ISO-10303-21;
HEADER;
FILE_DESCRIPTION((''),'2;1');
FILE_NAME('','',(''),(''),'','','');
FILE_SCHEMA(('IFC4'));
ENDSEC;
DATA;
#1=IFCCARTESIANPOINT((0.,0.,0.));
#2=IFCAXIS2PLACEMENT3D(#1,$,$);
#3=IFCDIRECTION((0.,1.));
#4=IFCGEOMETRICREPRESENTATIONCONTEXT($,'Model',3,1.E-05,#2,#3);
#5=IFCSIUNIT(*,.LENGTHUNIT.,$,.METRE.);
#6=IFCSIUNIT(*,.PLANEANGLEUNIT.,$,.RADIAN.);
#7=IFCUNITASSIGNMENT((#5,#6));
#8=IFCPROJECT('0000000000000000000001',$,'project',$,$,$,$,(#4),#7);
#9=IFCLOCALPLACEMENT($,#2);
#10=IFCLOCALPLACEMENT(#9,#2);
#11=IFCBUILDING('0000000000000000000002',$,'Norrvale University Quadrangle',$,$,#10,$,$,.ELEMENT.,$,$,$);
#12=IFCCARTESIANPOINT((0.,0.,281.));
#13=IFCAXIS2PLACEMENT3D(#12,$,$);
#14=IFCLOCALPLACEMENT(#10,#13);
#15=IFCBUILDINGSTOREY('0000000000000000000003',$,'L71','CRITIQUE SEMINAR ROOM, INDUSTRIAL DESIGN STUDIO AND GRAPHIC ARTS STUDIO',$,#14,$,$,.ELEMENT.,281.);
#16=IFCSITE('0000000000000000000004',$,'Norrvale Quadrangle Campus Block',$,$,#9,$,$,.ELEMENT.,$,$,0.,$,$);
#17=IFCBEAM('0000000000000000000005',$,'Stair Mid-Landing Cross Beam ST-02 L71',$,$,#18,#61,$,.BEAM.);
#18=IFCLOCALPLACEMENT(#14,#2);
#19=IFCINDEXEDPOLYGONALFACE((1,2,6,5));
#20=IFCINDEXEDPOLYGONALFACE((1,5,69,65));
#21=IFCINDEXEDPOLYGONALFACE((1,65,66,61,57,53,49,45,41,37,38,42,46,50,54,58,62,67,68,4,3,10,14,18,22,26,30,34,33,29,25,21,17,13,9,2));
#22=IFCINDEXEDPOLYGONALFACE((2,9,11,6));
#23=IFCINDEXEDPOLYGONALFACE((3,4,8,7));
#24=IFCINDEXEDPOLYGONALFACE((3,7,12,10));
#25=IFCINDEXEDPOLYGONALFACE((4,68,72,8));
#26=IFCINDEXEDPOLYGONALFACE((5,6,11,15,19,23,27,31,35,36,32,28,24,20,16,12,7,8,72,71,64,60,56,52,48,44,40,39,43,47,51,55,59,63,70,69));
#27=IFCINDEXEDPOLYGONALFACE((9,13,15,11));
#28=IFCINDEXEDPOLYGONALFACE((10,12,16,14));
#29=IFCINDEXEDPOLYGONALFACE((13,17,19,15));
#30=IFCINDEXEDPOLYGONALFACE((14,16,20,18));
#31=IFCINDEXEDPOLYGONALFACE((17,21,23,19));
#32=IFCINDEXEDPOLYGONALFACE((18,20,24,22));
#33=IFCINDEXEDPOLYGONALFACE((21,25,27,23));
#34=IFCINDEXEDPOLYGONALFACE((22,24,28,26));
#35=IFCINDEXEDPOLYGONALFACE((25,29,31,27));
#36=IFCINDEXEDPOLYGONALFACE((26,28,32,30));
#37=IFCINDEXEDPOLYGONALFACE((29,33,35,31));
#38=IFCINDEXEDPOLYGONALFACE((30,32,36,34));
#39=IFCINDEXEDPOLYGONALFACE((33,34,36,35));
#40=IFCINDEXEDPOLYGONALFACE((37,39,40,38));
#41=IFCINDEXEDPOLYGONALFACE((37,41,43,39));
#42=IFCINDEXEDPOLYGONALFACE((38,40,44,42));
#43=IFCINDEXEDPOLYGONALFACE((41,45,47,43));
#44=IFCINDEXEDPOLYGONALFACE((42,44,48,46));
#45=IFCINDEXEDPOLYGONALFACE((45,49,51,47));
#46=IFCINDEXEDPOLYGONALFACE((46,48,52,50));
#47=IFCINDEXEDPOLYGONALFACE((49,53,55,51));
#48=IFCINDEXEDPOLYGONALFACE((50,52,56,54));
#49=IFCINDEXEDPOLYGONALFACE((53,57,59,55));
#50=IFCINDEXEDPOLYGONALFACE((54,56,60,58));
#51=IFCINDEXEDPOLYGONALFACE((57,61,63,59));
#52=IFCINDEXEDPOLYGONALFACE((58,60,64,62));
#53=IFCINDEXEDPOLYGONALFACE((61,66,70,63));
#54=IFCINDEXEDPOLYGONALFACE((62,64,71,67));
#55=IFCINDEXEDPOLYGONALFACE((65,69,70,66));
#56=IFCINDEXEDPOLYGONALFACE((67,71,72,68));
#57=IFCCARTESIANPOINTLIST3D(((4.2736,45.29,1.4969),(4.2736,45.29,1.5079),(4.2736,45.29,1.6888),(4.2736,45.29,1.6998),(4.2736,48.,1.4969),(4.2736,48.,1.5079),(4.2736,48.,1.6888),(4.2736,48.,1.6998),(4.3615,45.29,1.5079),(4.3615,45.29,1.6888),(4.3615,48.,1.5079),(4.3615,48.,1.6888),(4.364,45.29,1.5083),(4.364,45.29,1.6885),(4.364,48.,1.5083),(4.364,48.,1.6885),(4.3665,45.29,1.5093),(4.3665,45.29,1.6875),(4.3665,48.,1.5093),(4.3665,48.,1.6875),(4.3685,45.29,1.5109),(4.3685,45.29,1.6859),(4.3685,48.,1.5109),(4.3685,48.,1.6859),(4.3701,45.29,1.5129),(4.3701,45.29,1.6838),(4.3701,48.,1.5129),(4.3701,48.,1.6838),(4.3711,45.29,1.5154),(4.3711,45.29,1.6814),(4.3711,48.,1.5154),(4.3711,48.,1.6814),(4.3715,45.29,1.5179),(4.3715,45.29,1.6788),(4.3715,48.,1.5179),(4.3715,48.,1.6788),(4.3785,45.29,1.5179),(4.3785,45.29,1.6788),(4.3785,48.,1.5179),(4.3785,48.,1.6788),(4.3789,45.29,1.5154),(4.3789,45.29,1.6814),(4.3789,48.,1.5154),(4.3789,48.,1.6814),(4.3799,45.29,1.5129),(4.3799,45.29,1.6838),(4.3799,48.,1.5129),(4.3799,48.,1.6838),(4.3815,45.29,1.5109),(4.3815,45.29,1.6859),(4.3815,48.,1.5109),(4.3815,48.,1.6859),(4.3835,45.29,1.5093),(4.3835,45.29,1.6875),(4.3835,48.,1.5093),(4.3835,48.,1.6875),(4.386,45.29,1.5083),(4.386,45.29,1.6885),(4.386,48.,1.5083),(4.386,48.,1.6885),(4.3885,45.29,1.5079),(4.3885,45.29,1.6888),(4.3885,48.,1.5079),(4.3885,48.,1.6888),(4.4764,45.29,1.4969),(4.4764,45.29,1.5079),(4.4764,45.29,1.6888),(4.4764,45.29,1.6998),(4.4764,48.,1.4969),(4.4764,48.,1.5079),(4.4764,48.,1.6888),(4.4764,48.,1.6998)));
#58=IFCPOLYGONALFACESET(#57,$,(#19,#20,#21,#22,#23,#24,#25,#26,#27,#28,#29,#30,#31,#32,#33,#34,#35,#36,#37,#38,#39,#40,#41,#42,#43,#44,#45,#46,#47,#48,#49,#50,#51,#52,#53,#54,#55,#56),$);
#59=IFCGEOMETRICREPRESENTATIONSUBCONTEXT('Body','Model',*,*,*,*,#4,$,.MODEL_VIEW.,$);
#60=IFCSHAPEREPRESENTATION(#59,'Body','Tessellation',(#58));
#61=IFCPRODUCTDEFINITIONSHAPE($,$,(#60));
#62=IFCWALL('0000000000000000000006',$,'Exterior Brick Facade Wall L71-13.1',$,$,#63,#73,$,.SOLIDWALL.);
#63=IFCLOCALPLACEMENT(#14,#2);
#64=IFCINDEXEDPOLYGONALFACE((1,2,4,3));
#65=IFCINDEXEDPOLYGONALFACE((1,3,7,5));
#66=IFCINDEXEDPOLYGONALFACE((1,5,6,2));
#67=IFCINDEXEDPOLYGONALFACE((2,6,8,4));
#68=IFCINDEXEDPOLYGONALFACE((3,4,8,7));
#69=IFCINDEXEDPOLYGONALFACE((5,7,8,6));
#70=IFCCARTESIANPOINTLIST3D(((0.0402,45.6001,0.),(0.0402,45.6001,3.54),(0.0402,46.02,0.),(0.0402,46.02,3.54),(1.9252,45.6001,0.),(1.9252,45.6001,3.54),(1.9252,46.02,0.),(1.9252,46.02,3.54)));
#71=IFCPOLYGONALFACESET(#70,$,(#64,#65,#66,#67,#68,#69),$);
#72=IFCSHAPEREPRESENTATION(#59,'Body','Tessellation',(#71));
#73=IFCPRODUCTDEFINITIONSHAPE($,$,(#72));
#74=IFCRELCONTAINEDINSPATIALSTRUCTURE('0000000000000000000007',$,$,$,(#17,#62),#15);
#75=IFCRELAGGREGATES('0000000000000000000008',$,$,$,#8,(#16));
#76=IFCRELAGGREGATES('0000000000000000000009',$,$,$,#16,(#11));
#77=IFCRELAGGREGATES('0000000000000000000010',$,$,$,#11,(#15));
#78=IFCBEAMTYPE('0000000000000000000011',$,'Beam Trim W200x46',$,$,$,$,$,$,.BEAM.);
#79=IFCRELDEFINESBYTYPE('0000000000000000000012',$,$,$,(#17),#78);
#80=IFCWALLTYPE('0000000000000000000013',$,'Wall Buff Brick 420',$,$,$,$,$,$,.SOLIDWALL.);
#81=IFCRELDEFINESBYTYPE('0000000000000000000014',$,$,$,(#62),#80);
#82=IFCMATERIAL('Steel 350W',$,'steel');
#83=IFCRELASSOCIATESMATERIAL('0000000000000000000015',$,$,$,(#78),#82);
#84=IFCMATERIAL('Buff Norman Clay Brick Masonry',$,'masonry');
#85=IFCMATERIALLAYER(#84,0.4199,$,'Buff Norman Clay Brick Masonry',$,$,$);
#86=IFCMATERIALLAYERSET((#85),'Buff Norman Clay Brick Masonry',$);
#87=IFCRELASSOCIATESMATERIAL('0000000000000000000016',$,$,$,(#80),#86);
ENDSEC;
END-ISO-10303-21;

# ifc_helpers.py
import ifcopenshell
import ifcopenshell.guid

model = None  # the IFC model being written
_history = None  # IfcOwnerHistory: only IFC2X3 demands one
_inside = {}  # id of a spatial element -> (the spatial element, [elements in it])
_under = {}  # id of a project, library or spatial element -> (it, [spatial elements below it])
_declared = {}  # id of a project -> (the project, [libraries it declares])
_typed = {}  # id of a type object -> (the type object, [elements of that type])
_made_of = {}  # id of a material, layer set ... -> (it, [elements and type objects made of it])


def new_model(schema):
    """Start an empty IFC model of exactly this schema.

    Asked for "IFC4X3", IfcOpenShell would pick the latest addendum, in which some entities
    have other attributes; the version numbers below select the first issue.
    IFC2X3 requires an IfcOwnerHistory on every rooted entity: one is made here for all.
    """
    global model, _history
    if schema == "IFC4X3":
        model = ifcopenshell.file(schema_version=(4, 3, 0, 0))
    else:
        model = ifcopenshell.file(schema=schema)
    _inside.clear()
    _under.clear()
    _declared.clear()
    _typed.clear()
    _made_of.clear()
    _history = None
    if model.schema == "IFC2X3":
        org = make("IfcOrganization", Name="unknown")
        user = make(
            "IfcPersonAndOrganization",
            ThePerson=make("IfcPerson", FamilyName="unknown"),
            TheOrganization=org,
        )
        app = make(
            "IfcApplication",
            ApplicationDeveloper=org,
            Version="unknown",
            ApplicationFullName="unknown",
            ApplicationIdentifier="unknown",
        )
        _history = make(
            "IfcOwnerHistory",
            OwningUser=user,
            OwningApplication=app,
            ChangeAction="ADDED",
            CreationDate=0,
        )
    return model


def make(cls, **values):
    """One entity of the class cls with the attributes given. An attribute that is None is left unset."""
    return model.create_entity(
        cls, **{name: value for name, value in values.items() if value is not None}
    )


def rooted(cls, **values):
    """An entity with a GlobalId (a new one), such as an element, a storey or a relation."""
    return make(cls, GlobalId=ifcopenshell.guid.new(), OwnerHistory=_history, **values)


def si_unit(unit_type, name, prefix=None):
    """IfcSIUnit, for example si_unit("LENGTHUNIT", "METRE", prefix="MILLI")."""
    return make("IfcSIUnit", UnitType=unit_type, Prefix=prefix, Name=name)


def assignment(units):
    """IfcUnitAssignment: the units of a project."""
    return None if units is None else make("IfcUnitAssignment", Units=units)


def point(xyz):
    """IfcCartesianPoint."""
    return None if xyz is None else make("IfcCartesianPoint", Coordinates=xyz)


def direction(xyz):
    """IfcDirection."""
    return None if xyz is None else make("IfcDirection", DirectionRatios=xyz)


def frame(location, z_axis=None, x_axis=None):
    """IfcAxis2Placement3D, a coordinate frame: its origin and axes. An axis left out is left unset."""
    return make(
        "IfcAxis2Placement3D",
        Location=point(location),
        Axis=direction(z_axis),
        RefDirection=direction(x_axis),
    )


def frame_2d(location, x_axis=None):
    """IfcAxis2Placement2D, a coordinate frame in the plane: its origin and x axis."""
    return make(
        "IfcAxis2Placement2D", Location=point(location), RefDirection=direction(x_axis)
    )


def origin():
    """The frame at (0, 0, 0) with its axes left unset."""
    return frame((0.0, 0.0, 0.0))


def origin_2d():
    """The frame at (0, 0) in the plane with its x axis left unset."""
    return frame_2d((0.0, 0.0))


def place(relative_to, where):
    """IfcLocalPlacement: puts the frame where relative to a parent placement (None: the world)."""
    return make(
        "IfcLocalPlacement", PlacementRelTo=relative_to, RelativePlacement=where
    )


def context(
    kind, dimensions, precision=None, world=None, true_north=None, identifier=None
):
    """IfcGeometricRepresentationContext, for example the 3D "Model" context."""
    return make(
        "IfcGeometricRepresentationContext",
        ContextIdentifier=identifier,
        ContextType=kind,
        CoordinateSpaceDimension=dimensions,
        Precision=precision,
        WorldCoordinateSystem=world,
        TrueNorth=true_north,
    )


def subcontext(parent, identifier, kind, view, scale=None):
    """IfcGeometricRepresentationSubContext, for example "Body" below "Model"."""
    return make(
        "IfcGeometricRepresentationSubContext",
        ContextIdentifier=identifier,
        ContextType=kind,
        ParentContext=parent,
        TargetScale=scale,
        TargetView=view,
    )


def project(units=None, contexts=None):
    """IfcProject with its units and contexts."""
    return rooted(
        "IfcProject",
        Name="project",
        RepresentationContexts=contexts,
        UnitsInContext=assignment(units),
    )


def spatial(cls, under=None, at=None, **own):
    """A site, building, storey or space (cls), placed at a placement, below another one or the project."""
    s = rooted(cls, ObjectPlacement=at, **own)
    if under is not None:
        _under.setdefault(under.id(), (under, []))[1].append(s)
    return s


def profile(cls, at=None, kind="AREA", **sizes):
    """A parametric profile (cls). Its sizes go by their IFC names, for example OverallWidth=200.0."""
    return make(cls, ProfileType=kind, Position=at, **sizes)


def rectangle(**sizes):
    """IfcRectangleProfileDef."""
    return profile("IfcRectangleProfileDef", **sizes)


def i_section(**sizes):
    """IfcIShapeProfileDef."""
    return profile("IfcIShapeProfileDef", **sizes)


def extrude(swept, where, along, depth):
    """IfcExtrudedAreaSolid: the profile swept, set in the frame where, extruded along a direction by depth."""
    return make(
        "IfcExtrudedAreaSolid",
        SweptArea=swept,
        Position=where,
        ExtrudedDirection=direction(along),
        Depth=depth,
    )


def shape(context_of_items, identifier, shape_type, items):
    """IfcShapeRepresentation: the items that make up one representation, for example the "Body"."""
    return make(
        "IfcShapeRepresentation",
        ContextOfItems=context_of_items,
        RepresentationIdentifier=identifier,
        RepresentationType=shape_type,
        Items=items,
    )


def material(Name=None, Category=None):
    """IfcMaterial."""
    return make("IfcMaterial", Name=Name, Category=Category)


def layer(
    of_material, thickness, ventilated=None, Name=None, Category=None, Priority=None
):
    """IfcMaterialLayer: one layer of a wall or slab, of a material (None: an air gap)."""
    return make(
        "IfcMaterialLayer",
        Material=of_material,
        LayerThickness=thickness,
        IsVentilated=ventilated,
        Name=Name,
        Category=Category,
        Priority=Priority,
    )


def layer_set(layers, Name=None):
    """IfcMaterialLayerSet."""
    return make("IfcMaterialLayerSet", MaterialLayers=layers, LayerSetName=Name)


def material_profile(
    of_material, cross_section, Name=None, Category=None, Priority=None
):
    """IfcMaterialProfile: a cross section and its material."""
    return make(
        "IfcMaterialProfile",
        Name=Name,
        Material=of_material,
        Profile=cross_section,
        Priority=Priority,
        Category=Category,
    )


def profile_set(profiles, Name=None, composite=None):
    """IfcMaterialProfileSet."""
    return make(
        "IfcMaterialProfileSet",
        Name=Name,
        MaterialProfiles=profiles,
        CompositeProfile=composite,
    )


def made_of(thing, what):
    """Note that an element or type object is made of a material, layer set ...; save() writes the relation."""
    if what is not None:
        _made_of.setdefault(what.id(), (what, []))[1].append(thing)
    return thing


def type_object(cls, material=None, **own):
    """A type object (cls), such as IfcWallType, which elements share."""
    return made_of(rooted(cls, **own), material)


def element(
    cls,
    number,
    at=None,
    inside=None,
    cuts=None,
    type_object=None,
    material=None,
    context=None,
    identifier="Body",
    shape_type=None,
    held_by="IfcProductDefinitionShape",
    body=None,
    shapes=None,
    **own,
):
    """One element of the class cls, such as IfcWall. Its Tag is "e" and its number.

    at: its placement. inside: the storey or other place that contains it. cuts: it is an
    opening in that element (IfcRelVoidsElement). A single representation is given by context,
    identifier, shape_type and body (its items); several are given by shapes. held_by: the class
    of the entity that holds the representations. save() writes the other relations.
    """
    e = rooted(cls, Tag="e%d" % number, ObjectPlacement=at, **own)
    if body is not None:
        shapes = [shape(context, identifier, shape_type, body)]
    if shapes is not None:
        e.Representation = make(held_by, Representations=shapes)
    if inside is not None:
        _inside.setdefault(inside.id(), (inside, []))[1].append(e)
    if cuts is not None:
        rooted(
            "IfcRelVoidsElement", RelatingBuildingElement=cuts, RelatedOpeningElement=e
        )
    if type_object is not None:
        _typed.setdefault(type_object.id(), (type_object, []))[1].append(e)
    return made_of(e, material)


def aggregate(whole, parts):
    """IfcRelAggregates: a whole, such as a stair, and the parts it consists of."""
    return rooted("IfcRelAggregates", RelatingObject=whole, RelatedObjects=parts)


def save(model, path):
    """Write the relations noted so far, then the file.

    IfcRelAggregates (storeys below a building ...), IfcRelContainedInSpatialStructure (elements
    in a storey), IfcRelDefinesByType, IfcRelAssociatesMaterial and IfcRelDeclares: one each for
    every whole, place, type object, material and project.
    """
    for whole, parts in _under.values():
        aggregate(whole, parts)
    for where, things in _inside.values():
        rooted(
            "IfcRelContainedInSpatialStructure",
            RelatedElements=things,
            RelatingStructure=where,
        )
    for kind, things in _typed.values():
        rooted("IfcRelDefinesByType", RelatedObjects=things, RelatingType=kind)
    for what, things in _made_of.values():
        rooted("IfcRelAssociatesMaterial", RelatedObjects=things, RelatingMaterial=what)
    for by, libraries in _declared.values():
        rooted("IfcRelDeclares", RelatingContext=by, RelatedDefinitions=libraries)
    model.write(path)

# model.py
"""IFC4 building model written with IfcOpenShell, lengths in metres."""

from ifc_helpers import new_model, si_unit, direction, frame, frame_2d, origin, origin_2d, place, context, subcontext, project, spatial, rectangle, i_section, extrude, material, layer, layer_set, material_profile, profile_set, type_object, element, save


model = new_model("IFC4")

# Units and contexts
model_context = context("Model", 3, precision=1e-05, world=origin(), true_north=direction((0.0, 1.0)))
body_context = subcontext(model_context, "Body", "Model", "MODEL_VIEW")
ifc_project = project(units=[si_unit("LENGTHUNIT", "METRE"), si_unit("PLANEANGLEUNIT", "RADIAN")], contexts=[model_context])

# Site, building, storey
site_placement = place(None, origin())
site = spatial("IfcSite", under=ifc_project, at=site_placement, Name="Norrvale Quadrangle Campus Block", CompositionType="ELEMENT", RefElevation=0.0)
building_placement = place(site_placement, origin())
building = spatial("IfcBuilding", under=site, at=building_placement, Name="Norrvale University Quadrangle", CompositionType="ELEMENT")
storey_placement = place(building_placement, frame((0.0, 0.0, 281.0)))
storey = spatial("IfcBuildingStorey", under=building, at=storey_placement, Name="L71", Description="CRITIQUE SEMINAR ROOM, INDUSTRIAL DESIGN STUDIO AND GRAPHIC ARTS STUDIO", CompositionType="ELEMENT", Elevation=281.0)

# Beam
ifc_material_1 = material(Name="Steel 350W", Category="steel")
ifc_material_profile_1 = material_profile(ifc_material_1, i_section(OverallWidth=0.2029, OverallDepth=0.2029, WebThickness=0.0071, FlangeThickness=0.011, FilletRadius=0.01, at=origin_2d()), Name="Steel 350W")
ifc_profile_set_1 = profile_set([ifc_material_profile_1], Name="Steel 350W")
beam_type_1 = type_object("IfcBeamType", Name="Beam Trim W200x46", PredefinedType="BEAM", material=ifc_profile_set_1)
beam_1_placement = place(storey_placement, frame((4.375, 45.29, 1.5984), z_axis=(0.0, 1.0, 0.0), x_axis=(-1.0, 0.0, 0.0)))
element("IfcBeam", 1, at=beam_1_placement, inside=storey, type_object=beam_type_1, Name="Stair Mid-Landing Cross Beam ST-02 L71", PredefinedType="BEAM", context=body_context, shape_type="SweptSolid", body=[
    extrude(i_section(OverallWidth=0.2029, OverallDepth=0.2029, WebThickness=0.0071, FlangeThickness=0.011, FilletRadius=0.01, at=origin_2d()), origin(), (0.0, 0.0, 1.0), 2.71),
])

# Wall
ifc_material_2 = material(Name="Buff Norman Clay Brick Masonry", Category="masonry")
ifc_layer_1 = layer(ifc_material_2, 0.4199, Name="Buff Norman Clay Brick Masonry")
ifc_layer_set_1 = layer_set([ifc_layer_1], Name="Buff Norman Clay Brick Masonry")
wall_type_1 = type_object("IfcWallType", Name="Wall Buff Brick 420", PredefinedType="SOLIDWALL", material=ifc_layer_set_1)
wall_1_placement = place(storey_placement, frame((1.925, 45.8101, 0.0), z_axis=(0.0, 0.0, 1.0), x_axis=(-1.0, 0.0, 0.0)))
element("IfcWall", 2, at=wall_1_placement, inside=storey, type_object=wall_type_1, Name="Exterior Brick Facade Wall L71-13.1", PredefinedType="SOLIDWALL", context=body_context, shape_type="SweptSolid", body=[
    extrude(rectangle(XDim=1.885, YDim=0.4199, at=frame_2d((0.9424, 0.0))), origin(), (0.0, 0.0, 1.0), 3.54),
])

save(model, "model.ifc")
